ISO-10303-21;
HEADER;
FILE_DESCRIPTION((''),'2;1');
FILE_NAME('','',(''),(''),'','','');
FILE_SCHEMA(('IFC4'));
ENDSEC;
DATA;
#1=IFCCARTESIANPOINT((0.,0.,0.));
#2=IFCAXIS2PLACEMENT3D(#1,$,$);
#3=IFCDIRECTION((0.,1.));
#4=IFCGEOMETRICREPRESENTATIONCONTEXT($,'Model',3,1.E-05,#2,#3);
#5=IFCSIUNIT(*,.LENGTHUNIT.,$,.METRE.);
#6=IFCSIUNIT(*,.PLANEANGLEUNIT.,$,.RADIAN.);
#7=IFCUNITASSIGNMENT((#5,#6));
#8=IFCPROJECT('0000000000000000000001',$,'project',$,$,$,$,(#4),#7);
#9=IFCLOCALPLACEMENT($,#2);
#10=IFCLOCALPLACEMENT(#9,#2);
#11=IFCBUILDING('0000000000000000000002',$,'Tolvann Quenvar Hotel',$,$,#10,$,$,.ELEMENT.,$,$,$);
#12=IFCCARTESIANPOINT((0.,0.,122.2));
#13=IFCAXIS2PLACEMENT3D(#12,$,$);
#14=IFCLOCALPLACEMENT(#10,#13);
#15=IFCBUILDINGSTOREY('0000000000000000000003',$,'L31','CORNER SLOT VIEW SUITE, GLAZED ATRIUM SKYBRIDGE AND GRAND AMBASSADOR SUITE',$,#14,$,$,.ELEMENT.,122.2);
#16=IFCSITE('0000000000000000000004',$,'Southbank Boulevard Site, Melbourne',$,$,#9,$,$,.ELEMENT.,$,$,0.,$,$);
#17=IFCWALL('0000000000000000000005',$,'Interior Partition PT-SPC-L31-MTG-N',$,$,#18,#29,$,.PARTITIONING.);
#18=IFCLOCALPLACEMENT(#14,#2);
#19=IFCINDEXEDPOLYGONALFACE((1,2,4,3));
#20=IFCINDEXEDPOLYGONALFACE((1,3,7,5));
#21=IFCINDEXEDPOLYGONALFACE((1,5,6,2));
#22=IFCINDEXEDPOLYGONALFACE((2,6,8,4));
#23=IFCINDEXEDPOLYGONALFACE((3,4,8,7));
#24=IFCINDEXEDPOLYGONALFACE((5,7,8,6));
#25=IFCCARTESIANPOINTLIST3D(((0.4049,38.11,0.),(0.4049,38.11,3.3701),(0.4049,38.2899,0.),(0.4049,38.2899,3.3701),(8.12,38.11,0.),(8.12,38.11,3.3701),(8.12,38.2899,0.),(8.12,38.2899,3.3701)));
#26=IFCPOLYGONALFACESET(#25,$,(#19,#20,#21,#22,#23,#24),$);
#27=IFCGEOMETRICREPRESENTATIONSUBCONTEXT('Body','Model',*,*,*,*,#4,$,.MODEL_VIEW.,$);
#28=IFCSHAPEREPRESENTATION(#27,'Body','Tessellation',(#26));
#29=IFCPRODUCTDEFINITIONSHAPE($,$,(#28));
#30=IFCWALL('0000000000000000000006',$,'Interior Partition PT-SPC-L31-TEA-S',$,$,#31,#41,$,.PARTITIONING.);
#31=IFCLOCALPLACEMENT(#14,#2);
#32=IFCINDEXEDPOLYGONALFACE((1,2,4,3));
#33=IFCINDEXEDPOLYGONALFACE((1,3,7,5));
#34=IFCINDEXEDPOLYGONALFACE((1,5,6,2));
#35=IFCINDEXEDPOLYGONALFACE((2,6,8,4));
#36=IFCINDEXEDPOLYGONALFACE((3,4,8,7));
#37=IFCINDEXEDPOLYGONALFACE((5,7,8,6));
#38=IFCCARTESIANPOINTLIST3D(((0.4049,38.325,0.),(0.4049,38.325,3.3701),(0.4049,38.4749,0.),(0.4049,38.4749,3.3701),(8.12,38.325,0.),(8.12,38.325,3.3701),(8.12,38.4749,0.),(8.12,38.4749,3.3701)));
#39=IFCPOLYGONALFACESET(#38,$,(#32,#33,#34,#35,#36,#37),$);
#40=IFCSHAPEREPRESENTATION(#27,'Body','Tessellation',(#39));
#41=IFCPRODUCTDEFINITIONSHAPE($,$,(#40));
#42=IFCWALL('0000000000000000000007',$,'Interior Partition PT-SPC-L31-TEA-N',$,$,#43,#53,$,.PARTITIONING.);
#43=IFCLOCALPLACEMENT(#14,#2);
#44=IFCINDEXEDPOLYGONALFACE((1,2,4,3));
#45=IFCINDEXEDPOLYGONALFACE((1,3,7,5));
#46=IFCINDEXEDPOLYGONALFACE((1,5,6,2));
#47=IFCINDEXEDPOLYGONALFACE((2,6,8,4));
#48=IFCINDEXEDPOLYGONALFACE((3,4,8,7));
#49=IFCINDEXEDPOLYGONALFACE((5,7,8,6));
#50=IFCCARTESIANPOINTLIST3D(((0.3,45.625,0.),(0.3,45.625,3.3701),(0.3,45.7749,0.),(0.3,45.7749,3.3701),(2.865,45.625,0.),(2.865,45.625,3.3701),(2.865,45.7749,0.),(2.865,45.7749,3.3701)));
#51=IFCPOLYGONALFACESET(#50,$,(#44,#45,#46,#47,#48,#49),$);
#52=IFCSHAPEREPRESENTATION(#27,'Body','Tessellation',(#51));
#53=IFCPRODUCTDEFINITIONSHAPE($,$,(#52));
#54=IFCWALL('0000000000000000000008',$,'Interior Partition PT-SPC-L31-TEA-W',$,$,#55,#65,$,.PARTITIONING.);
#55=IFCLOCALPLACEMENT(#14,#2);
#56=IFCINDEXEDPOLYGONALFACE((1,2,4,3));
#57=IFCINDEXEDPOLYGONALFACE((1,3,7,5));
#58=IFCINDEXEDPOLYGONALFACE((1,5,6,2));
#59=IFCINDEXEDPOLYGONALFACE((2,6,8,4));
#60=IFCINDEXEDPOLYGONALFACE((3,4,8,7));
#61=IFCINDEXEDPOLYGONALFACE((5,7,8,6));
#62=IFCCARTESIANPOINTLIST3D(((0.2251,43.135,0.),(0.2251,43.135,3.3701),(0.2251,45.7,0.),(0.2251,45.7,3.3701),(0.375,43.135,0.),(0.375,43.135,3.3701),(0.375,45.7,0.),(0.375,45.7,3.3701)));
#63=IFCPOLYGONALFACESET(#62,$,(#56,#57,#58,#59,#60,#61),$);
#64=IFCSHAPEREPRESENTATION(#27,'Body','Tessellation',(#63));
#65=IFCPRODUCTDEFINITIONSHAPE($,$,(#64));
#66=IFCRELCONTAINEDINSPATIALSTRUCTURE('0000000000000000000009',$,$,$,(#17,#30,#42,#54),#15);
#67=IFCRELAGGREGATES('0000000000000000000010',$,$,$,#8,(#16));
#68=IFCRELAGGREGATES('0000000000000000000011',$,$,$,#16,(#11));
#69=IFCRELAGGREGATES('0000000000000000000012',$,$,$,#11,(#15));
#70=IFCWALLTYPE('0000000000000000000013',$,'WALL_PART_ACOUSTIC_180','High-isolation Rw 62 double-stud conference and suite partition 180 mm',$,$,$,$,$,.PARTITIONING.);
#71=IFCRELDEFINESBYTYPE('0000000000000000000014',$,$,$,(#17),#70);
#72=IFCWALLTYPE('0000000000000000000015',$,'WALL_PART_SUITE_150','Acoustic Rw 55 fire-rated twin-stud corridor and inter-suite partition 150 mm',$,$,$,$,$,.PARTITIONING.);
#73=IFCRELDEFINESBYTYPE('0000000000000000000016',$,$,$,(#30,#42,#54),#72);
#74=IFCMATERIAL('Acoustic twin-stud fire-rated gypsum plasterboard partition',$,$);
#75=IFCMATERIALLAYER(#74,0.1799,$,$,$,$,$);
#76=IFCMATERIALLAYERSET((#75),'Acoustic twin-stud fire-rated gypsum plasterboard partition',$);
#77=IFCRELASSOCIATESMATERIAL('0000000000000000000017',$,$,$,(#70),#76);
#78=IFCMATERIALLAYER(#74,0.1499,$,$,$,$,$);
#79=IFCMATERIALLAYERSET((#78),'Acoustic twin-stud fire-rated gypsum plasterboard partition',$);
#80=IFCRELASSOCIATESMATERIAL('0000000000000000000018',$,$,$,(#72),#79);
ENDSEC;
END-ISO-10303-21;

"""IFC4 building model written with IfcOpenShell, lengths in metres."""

from ifc_helpers import new_model, si_unit, direction, frame, frame_2d, origin, place, context, subcontext, project, spatial, rectangle, extrude, material, layer, layer_set, type_object, element, save


model = new_model("IFC4")

# Units and contexts
model_context = context("Model", 3, precision=1e-05, world=origin(), true_north=direction((0.0, 1.0)))
body_context = subcontext(model_context, "Body", "Model", "MODEL_VIEW")
ifc_project = project(units=[si_unit("LENGTHUNIT", "METRE"), si_unit("PLANEANGLEUNIT", "RADIAN")], contexts=[model_context])

# Site, building, storey
site_placement = place(None, origin())
site = spatial("IfcSite", under=ifc_project, at=site_placement, Name="Southbank Boulevard Site, Melbourne", CompositionType="ELEMENT", RefElevation=0.0)
building_placement = place(site_placement, origin())
building = spatial("IfcBuilding", under=site, at=building_placement, Name="Tolvann Quenvar Hotel", CompositionType="ELEMENT")
storey_placement = place(building_placement, frame((0.0, 0.0, 122.2)))
storey = spatial("IfcBuildingStorey", under=building, at=storey_placement, Name="L31", Description="CORNER SLOT VIEW SUITE, GLAZED ATRIUM SKYBRIDGE AND GRAND AMBASSADOR SUITE", CompositionType="ELEMENT", Elevation=122.2)

# Walls
ifc_material_1 = material(Name="Acoustic twin-stud fire-rated gypsum plasterboard partition")
ifc_layer_1 = layer(ifc_material_1, 0.1799)
ifc_layer_set_1 = layer_set([ifc_layer_1], Name="Acoustic twin-stud fire-rated gypsum plasterboard partition")
wall_type_1 = type_object("IfcWallType", Name="WALL_PART_ACOUSTIC_180", Description="High-isolation Rw 62 double-stud conference and suite partition 180 mm", PredefinedType="PARTITIONING", material=ifc_layer_set_1)
wall_1_placement = place(storey_placement, frame((0.405, 38.2, 0.0), z_axis=(0.0, 0.0, 1.0), x_axis=(1.0, 0.0, 0.0)))
element("IfcWall", 1, at=wall_1_placement, inside=storey, type_object=wall_type_1, Name="Interior Partition PT-SPC-L31-MTG-N", PredefinedType="PARTITIONING", context=body_context, shape_type="SweptSolid", body=[
    extrude(rectangle(XDim=7.7151, YDim=0.1799, at=frame_2d((3.8574, 0.0))), origin(), (0.0, 0.0, 1.0), 3.3701),
])
ifc_layer_2 = layer(ifc_material_1, 0.1499)
ifc_layer_set_2 = layer_set([ifc_layer_2], Name="Acoustic twin-stud fire-rated gypsum plasterboard partition")
wall_type_2 = type_object("IfcWallType", Name="WALL_PART_SUITE_150", Description="Acoustic Rw 55 fire-rated twin-stud corridor and inter-suite partition 150 mm", PredefinedType="PARTITIONING", material=ifc_layer_set_2)
wall_2_placement = place(storey_placement, frame((0.405, 38.3999, 0.0), z_axis=(0.0, 0.0, 1.0), x_axis=(1.0, 0.0, 0.0)))
element("IfcWall", 2, at=wall_2_placement, inside=storey, type_object=wall_type_2, Name="Interior Partition PT-SPC-L31-TEA-S", PredefinedType="PARTITIONING", context=body_context, shape_type="SweptSolid", body=[
    extrude(rectangle(XDim=7.7151, YDim=0.1499, at=frame_2d((3.8574, 0.0))), origin(), (0.0, 0.0, 1.0), 3.3701),
])
for number, where, z_axis, x_axis, name in (
    (3, (0.3, 45.7, 0.0), (0.0, 0.0, 1.0), (1.0, 0.0, 0.0), "Interior Partition PT-SPC-L31-TEA-N"),
    (4, (0.3, 43.135, 0.0), (0.0, 0.0, 1.0), (0.0, 1.0, 0.0), "Interior Partition PT-SPC-L31-TEA-W"),
):
    element("IfcWall", number, at=place(storey_placement, frame(where, z_axis=z_axis, x_axis=x_axis)), inside=storey, type_object=wall_type_2, Name=name, PredefinedType="PARTITIONING", context=body_context, shape_type="SweptSolid", body=[
        extrude(rectangle(XDim=2.5649, YDim=0.1499, at=frame_2d((1.2825, 0.0))), origin(), (0.0, 0.0, 1.0), 3.3701),
    ])

save(model, "model.ifc")
